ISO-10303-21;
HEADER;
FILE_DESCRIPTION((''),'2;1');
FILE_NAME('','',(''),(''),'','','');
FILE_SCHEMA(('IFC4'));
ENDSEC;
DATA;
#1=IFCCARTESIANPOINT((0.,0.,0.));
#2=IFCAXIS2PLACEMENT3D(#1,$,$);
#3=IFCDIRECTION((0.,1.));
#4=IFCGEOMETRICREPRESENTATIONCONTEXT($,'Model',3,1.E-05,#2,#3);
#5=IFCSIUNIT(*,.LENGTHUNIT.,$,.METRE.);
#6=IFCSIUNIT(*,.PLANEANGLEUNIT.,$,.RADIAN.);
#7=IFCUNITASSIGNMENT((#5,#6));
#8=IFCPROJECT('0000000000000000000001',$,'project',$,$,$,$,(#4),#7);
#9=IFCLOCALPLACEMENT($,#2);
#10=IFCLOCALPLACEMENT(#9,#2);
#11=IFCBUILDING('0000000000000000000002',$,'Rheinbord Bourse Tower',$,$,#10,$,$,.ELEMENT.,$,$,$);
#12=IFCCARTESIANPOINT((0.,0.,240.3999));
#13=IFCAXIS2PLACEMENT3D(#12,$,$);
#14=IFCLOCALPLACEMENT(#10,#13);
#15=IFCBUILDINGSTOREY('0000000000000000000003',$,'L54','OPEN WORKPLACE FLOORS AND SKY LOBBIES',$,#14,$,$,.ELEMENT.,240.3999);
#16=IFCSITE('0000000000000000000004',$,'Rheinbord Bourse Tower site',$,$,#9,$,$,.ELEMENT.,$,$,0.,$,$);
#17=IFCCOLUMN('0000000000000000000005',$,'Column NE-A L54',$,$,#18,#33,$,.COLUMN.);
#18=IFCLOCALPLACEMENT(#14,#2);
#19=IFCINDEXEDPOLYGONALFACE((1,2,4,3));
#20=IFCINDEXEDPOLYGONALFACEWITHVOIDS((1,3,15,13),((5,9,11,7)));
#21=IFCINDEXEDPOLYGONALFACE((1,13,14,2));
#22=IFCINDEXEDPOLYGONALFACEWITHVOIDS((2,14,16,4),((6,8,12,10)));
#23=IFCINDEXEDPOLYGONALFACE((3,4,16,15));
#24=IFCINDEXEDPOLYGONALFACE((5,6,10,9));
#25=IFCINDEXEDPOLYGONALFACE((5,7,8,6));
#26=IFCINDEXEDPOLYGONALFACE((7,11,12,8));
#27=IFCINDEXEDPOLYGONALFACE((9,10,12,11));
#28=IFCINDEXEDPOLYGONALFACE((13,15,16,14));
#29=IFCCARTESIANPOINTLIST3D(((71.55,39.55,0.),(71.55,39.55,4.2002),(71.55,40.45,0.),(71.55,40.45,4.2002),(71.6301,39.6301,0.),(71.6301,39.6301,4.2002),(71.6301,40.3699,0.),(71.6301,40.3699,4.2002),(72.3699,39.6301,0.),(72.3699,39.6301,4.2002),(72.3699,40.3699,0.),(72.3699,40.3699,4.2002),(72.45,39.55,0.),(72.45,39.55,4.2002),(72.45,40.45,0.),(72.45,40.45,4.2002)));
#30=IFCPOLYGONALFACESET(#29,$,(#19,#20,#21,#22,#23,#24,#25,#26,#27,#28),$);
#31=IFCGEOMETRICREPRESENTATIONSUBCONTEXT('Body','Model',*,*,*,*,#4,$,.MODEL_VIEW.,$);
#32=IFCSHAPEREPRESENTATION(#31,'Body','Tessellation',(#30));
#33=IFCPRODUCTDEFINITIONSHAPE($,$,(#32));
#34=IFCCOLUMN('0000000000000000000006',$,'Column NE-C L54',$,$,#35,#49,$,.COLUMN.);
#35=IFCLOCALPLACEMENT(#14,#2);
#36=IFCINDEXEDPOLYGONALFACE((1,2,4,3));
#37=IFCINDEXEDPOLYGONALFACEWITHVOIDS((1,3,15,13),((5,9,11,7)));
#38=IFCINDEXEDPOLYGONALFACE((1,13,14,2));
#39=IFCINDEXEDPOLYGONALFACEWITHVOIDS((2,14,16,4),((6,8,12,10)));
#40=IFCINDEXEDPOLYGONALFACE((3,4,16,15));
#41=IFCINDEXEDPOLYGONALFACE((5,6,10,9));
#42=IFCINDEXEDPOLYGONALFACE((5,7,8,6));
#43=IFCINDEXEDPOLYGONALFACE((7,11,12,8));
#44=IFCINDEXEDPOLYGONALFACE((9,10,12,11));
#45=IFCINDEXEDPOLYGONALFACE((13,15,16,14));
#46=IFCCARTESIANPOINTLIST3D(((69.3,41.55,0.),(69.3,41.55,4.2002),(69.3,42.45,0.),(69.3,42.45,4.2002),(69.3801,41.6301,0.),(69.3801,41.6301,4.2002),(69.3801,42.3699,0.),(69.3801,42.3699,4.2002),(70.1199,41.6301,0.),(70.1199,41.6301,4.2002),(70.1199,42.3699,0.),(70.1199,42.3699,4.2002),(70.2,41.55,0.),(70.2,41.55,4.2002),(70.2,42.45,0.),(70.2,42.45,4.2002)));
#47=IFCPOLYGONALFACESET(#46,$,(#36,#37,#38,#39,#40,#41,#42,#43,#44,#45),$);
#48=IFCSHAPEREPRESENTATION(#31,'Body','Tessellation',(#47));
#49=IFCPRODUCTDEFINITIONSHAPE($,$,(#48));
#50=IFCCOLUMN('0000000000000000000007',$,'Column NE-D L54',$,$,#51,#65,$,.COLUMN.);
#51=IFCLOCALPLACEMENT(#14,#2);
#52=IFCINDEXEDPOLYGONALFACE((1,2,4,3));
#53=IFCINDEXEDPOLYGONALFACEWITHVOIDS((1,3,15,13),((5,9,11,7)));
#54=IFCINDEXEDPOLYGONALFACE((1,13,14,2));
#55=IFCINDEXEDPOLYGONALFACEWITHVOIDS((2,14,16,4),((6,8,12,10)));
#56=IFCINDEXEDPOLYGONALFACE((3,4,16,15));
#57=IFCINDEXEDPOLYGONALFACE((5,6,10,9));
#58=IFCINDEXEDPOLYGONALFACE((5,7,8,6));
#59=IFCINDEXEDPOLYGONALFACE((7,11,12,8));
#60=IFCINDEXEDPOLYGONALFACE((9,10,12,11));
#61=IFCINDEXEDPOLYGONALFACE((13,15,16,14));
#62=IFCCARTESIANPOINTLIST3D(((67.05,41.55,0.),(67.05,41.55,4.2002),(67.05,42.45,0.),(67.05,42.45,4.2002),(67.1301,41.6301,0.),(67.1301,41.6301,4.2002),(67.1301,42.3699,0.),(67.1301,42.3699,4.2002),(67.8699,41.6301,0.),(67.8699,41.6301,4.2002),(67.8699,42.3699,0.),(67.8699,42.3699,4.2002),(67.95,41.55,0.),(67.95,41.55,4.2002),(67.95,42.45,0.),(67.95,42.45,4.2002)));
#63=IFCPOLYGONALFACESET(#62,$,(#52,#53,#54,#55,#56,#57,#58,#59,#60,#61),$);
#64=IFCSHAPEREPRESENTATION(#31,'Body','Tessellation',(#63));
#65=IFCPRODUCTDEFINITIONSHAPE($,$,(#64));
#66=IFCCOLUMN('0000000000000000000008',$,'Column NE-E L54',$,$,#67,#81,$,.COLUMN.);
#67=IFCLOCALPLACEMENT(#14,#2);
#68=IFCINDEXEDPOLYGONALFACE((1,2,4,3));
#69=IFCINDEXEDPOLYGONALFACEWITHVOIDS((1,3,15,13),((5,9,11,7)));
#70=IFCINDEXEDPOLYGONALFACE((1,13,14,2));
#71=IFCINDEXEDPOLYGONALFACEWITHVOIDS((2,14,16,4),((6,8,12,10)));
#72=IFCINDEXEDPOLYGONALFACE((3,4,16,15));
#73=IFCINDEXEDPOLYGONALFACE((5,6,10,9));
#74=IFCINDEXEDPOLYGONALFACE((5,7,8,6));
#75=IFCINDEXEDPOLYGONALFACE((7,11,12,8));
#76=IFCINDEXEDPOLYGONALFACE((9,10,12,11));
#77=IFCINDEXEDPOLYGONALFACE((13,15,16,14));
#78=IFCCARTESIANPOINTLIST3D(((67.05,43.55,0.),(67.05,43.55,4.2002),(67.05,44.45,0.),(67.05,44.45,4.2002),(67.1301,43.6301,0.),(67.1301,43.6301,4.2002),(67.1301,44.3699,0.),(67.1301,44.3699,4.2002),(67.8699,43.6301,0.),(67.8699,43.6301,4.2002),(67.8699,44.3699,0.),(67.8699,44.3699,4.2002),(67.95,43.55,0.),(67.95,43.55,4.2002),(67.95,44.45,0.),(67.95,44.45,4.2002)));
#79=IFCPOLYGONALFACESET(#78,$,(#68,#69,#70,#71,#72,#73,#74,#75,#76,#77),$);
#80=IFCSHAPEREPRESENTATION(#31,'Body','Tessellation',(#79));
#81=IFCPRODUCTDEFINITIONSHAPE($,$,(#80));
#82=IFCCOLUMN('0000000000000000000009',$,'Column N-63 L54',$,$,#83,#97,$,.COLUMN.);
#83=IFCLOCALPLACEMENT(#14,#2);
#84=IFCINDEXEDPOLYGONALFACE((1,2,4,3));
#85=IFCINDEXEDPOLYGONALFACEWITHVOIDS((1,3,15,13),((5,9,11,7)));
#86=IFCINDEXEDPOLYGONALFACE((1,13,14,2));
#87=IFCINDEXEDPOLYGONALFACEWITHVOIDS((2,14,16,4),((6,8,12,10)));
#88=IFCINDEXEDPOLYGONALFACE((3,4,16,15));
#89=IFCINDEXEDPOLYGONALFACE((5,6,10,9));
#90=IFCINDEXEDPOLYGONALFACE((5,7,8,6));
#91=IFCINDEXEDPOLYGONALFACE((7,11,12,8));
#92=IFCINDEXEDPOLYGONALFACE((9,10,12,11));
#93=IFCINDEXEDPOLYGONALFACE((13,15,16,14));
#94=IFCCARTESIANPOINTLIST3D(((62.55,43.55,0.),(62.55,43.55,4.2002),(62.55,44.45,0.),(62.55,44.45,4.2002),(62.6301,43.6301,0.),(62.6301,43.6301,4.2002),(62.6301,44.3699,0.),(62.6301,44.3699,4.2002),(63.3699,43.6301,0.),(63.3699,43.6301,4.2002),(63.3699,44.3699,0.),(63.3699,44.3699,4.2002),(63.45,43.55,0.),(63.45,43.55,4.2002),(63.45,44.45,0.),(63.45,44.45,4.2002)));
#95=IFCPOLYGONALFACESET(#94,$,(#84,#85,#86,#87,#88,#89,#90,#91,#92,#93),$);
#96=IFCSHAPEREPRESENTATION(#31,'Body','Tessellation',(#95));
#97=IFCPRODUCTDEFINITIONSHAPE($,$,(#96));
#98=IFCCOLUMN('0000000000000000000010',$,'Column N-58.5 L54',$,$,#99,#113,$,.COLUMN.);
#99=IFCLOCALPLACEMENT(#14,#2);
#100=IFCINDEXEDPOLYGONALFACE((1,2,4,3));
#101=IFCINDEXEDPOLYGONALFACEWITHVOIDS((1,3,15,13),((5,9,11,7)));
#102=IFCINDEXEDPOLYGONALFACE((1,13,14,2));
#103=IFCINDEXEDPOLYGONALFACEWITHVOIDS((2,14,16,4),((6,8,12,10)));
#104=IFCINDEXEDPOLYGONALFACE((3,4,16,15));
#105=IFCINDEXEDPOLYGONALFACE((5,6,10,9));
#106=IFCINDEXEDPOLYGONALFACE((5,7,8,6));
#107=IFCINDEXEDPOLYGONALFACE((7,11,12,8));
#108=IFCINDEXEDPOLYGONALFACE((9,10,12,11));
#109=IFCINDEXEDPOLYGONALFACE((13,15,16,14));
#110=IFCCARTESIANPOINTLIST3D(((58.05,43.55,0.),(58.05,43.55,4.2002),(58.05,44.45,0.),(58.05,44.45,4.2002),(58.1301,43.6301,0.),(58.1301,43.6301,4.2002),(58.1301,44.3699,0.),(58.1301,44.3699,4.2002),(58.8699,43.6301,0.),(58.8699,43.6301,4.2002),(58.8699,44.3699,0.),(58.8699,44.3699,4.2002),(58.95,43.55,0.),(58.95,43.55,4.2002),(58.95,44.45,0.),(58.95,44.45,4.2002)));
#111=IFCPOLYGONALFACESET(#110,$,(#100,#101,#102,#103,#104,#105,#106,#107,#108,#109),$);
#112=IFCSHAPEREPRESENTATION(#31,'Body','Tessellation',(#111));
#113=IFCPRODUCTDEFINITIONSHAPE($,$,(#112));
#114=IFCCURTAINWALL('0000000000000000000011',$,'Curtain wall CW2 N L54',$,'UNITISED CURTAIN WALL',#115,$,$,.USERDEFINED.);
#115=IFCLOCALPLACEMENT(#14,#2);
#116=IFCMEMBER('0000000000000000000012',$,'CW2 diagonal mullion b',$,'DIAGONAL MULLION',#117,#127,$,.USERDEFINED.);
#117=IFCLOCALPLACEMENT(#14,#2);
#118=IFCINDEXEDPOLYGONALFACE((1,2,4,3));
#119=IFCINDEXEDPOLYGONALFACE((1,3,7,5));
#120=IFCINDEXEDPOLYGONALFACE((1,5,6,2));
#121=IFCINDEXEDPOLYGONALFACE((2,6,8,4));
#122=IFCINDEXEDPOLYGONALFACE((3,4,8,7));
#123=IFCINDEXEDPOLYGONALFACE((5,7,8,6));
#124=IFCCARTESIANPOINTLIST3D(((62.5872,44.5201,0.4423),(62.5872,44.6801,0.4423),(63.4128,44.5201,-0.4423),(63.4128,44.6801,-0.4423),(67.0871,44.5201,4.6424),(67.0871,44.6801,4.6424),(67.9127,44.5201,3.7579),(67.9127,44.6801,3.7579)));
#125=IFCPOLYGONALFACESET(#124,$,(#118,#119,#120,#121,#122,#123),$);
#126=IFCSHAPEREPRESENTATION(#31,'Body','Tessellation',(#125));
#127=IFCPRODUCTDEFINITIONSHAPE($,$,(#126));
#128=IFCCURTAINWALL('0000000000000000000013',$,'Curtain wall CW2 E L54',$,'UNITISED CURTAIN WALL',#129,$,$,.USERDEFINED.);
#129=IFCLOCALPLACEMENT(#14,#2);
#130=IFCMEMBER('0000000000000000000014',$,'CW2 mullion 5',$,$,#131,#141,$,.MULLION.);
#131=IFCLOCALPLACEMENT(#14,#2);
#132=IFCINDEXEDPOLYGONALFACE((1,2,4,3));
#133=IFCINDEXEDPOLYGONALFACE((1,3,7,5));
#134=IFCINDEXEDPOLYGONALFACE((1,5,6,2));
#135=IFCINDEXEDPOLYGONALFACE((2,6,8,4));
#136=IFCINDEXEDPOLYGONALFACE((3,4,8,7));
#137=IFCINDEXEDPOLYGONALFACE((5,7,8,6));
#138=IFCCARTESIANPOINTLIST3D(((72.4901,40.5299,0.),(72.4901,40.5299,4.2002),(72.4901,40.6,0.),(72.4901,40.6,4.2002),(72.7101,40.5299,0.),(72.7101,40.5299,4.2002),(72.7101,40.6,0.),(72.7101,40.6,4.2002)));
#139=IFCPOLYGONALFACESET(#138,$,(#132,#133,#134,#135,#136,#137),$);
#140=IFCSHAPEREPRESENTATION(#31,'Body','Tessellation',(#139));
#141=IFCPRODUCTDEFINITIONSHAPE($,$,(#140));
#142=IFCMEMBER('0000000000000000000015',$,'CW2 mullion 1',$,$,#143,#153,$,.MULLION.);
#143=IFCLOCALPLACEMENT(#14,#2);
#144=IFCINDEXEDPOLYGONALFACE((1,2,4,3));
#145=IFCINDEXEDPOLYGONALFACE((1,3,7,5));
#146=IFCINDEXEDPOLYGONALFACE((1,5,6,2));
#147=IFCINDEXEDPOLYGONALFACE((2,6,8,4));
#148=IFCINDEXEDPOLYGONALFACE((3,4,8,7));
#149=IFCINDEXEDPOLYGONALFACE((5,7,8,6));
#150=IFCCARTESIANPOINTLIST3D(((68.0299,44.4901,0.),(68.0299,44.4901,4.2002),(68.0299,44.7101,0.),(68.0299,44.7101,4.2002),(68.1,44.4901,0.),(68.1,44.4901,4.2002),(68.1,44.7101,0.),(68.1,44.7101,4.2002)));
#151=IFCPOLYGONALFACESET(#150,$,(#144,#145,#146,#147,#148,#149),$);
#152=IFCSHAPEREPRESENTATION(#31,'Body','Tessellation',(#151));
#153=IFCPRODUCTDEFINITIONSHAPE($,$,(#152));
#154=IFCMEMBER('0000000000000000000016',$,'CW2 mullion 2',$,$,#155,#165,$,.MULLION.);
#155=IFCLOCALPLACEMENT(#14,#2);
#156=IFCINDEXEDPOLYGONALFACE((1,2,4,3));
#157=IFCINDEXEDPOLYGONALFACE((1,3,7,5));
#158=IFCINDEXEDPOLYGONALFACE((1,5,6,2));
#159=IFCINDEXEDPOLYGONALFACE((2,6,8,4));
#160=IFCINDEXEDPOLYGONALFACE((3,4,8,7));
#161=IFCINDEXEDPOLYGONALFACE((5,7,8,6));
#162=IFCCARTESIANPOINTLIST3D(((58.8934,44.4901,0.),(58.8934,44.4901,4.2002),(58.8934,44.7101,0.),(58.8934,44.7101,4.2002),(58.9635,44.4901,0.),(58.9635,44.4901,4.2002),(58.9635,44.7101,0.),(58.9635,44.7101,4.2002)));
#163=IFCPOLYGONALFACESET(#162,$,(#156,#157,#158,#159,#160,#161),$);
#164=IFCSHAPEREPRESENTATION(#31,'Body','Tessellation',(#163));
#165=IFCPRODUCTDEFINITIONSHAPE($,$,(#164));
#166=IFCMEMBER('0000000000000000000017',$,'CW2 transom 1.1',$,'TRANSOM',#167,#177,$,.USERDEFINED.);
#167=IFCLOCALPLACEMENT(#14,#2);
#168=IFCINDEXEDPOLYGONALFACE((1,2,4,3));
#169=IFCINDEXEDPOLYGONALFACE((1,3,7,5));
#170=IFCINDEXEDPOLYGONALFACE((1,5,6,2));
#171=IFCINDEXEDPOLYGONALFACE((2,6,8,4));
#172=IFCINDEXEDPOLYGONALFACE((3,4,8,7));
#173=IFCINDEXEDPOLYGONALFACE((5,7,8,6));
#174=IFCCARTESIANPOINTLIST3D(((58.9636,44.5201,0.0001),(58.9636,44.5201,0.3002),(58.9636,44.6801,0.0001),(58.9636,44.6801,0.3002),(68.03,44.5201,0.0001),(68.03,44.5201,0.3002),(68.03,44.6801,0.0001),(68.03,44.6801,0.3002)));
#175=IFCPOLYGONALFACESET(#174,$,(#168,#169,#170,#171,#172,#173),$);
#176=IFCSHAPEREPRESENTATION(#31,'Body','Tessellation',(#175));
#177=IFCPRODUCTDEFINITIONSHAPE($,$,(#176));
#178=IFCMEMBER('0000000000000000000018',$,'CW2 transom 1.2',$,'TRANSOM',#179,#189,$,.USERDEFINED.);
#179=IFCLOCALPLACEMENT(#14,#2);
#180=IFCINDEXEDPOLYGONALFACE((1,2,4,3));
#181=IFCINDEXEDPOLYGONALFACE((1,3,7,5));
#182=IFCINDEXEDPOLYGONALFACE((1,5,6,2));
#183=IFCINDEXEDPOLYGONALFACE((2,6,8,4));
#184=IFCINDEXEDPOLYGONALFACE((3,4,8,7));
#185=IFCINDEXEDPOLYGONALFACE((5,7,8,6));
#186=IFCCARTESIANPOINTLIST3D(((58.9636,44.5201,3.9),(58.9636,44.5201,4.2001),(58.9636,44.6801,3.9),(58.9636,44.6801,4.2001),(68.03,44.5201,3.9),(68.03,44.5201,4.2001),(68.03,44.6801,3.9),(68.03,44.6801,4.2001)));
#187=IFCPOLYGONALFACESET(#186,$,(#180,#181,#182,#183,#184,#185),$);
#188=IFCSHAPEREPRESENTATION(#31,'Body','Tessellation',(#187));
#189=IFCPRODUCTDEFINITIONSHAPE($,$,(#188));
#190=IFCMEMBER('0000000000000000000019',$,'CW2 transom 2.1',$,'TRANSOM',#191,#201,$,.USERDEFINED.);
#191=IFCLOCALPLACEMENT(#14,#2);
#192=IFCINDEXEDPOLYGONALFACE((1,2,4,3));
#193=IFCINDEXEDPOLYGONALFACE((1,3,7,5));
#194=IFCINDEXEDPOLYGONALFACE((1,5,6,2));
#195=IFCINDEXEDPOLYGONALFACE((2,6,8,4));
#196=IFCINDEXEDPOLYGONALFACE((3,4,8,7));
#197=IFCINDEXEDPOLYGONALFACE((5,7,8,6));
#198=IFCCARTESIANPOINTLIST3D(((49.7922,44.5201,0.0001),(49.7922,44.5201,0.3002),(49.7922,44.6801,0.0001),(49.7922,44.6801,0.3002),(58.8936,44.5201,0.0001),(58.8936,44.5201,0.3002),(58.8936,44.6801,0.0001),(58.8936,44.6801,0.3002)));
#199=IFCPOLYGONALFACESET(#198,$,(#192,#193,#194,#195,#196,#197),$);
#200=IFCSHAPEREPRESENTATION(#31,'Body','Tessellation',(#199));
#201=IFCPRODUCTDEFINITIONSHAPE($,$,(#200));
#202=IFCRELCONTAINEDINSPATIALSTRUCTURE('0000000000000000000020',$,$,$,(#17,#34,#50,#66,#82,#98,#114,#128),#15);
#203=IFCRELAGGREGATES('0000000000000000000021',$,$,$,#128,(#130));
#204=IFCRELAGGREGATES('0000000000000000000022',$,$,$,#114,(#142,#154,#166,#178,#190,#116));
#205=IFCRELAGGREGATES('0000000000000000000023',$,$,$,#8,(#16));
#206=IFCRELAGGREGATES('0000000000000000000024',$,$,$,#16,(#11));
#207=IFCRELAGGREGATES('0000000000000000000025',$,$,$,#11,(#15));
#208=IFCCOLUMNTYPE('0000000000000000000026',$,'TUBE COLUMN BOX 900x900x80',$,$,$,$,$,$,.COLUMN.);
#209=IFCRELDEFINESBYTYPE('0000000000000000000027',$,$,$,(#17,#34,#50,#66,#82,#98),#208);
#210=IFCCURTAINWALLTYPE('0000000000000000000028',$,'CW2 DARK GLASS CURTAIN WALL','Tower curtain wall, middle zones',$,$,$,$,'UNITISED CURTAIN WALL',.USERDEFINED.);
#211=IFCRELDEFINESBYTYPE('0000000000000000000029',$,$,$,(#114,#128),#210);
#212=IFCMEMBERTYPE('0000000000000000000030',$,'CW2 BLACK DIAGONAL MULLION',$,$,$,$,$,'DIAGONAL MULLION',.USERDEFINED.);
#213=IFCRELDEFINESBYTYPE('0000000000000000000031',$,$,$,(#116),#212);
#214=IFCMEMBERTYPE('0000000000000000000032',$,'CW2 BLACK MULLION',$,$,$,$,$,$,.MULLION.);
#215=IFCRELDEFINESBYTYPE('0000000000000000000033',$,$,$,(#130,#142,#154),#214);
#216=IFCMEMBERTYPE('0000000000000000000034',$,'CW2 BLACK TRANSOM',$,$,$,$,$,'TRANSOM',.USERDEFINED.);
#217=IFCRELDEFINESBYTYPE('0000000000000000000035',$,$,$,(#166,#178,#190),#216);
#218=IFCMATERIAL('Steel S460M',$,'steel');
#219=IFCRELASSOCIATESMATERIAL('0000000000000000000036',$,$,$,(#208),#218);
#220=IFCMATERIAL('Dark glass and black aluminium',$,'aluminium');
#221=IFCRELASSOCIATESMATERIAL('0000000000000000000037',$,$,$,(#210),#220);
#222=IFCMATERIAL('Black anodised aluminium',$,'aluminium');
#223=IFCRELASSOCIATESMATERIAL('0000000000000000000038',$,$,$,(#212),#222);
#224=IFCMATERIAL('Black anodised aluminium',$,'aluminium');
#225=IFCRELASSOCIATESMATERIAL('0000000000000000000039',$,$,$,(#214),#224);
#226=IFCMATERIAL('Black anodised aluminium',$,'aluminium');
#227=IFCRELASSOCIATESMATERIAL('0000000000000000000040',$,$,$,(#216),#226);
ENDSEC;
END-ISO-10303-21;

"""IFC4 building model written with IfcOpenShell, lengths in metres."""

from ifc_helpers import new_model, si_unit, direction, frame, origin, origin_2d, place, context, subcontext, project, spatial, rectangle, hollow_rectangle, extrude, material, material_profile, profile_set, type_object, element, aggregate, save


model = new_model("IFC4")

# Units and contexts
model_context = context("Model", 3, precision=1e-05, world=origin(), true_north=direction((0.0, 1.0)))
body_context = subcontext(model_context, "Body", "Model", "MODEL_VIEW")
ifc_project = project(units=[si_unit("LENGTHUNIT", "METRE"), si_unit("PLANEANGLEUNIT", "RADIAN")], contexts=[model_context])

# Site, building, storey
site_placement = place(None, origin())
site = spatial("IfcSite", under=ifc_project, at=site_placement, Name="Rheinbord Bourse Tower site", CompositionType="ELEMENT", RefElevation=0.0)
building_placement = place(site_placement, origin())
building = spatial("IfcBuilding", under=site, at=building_placement, Name="Rheinbord Bourse Tower", CompositionType="ELEMENT")
storey_placement = place(building_placement, frame((0.0, 0.0, 240.3999)))
storey = spatial("IfcBuildingStorey", under=building, at=storey_placement, Name="L54", Description="OPEN WORKPLACE FLOORS AND SKY LOBBIES", CompositionType="ELEMENT", Elevation=240.3999)

# Columns
ifc_material_1 = material(Name="Steel S460M", Category="steel")
ifc_material_profile_1 = material_profile(ifc_material_1, hollow_rectangle(XDim=0.8999, YDim=0.8999, WallThickness=0.0801, at=origin_2d()), Name="BOX 900x900x80")
ifc_profile_set_1 = profile_set([ifc_material_profile_1], Name="Steel S460M")
column_type = type_object("IfcColumnType", Name="TUBE COLUMN BOX 900x900x80", PredefinedType="COLUMN", material=ifc_profile_set_1)
for number, where, z_axis, x_axis, name in (
    (1, (72.0, 40.0, 0.0), (0.0, 0.0, 1.0), (1.0, 0.0, 0.0), "Column NE-A L54"),
    (2, (69.75, 42.0, 0.0), (0.0, 0.0, 1.0), (1.0, 0.0, 0.0), "Column NE-C L54"),
    (3, (67.5, 42.0, 0.0), (0.0, 0.0, 1.0), (0.0, 1.0, 0.0), "Column NE-D L54"),
    (4, (67.5, 44.0, 0.0), (0.0, 0.0, 1.0), (0.0, 1.0, 0.0), "Column NE-E L54"),
    (5, (63.0, 44.0, 0.0), (0.0, 0.0, 1.0), (0.0, 1.0, 0.0), "Column N-63 L54"),
    (6, (58.5, 44.0, 0.0), (0.0, 0.0, 1.0), (0.0, 1.0, 0.0), "Column N-58.5 L54"),
):
    element("IfcColumn", number, at=place(storey_placement, frame(where, z_axis=z_axis, x_axis=x_axis)), inside=storey, type_object=column_type, Name=name, PredefinedType="COLUMN", context=body_context, shape_type="SweptSolid", body=[
        extrude(hollow_rectangle(XDim=0.8999, YDim=0.8999, WallThickness=0.0801, at=origin_2d()), origin(), (0.0, 0.0, 1.0), 4.2002),
    ])

# Curtain walls, members
ifc_material_2 = material(Name="Dark glass and black aluminium", Category="aluminium")
curtain_wall_type = type_object("IfcCurtainWallType", Name="CW2 DARK GLASS CURTAIN WALL", Description="Tower curtain wall, middle zones", ElementType="UNITISED CURTAIN WALL", PredefinedType="USERDEFINED", material=ifc_material_2)
curtain_wall_1_placement = place(storey_placement, origin())
curtain_wall_1 = element("IfcCurtainWall", 7, at=curtain_wall_1_placement, inside=storey, type_object=curtain_wall_type, Name="Curtain wall CW2 N L54", ObjectType="UNITISED CURTAIN WALL", PredefinedType="USERDEFINED")
ifc_material_3 = material(Name="Black anodised aluminium", Category="aluminium")
ifc_material_profile_2 = material_profile(ifc_material_3, rectangle(XDim=0.1599, YDim=1.21, at=origin_2d()), Name="CW2 DIAGONAL MULLION 1210x160")
ifc_profile_set_2 = profile_set([ifc_material_profile_2], Name="Black anodised aluminium")
member_type_1 = type_object("IfcMemberType", Name="CW2 BLACK DIAGONAL MULLION", ElementType="DIAGONAL MULLION", PredefinedType="USERDEFINED", material=ifc_profile_set_2)
member_1_placement = place(storey_placement, frame((63.0, 44.6001, 0.0), z_axis=(0.731039, 0.0, 0.682335), x_axis=(0.0, 1.0, 0.0)))
member_1 = element("IfcMember", 8, at=member_1_placement, type_object=member_type_1, Name="CW2 diagonal mullion b", ObjectType="DIAGONAL MULLION", PredefinedType="USERDEFINED", context=body_context, shape_type="SweptSolid", body=[
    extrude(rectangle(XDim=0.1599, YDim=1.21, at=origin_2d()), origin(), (0.0, 0.0, 1.0), 6.1555),
])
curtain_wall_2_placement = place(storey_placement, origin())
curtain_wall_2 = element("IfcCurtainWall", 9, at=curtain_wall_2_placement, inside=storey, type_object=curtain_wall_type, Name="Curtain wall CW2 E L54", ObjectType="UNITISED CURTAIN WALL", PredefinedType="USERDEFINED")
ifc_material_4 = material(Name="Black anodised aluminium", Category="aluminium")
ifc_material_profile_3 = material_profile(ifc_material_4, rectangle(XDim=0.22, YDim=0.0701, at=origin_2d()), Name="CW2 MULLION 70x220")
ifc_profile_set_3 = profile_set([ifc_material_profile_3], Name="Black anodised aluminium")
member_type_2 = type_object("IfcMemberType", Name="CW2 BLACK MULLION", PredefinedType="MULLION", material=ifc_profile_set_3)
member_2_placement = place(storey_placement, frame((72.6001, 40.5649, 0.0), z_axis=(0.0, 0.0, 1.0), x_axis=(-1.0, 0.0, 0.0)))
member_2 = element("IfcMember", 10, at=member_2_placement, type_object=member_type_2, Name="CW2 mullion 5", PredefinedType="MULLION", context=body_context, shape_type="SweptSolid", body=[
    extrude(rectangle(XDim=0.22, YDim=0.0701, at=origin_2d()), origin(), (0.0, 0.0, 1.0), 4.2002),
])

# Members
member_3_placement = place(storey_placement, frame((68.0649, 44.6001, 0.0), z_axis=(0.0, 0.0, 1.0), x_axis=(0.0, -1.0, 0.0)))
member_3 = element("IfcMember", 11, at=member_3_placement, type_object=member_type_2, Name="CW2 mullion 1", PredefinedType="MULLION", context=body_context, shape_type="SweptSolid", body=[
    extrude(rectangle(XDim=0.22, YDim=0.0701, at=origin_2d()), origin(), (0.0, 0.0, 1.0), 4.2002),
])
member_4_placement = place(storey_placement, frame((58.9285, 44.6001, 0.0), z_axis=(0.0, 0.0, 1.0), x_axis=(0.0, -1.0, 0.0)))
member_4 = element("IfcMember", 12, at=member_4_placement, type_object=member_type_2, Name="CW2 mullion 2", PredefinedType="MULLION", context=body_context, shape_type="SweptSolid", body=[
    extrude(rectangle(XDim=0.22, YDim=0.0701, at=origin_2d()), origin(), (0.0, 0.0, 1.0), 4.2002),
])
ifc_material_5 = material(Name="Black anodised aluminium", Category="aluminium")
ifc_material_profile_4 = material_profile(ifc_material_5, rectangle(XDim=0.1599, YDim=0.3, at=origin_2d()), Name="CW2 TRANSOM 300x160")
ifc_profile_set_4 = profile_set([ifc_material_profile_4], Name="Black anodised aluminium")
member_type_3 = type_object("IfcMemberType", Name="CW2 BLACK TRANSOM", ElementType="TRANSOM", PredefinedType="USERDEFINED", material=ifc_profile_set_4)
member_5_placement = place(storey_placement, frame((68.03, 44.6001, 0.1501), z_axis=(-1.0, 0.0, 0.0), x_axis=(0.0, -1.0, 0.0)))
member_5 = element("IfcMember", 13, at=member_5_placement, type_object=member_type_3, Name="CW2 transom 1.1", ObjectType="TRANSOM", PredefinedType="USERDEFINED", context=body_context, shape_type="SweptSolid", body=[
    extrude(rectangle(XDim=0.1599, YDim=0.3, at=origin_2d()), origin(), (0.0, 0.0, 1.0), 9.0664),
])
member_6_placement = place(storey_placement, frame((68.03, 44.6001, 4.05), z_axis=(-1.0, 0.0, 0.0), x_axis=(0.0, -1.0, 0.0)))
member_6 = element("IfcMember", 14, at=member_6_placement, type_object=member_type_3, Name="CW2 transom 1.2", ObjectType="TRANSOM", PredefinedType="USERDEFINED", context=body_context, shape_type="SweptSolid", body=[
    extrude(rectangle(XDim=0.1599, YDim=0.3, at=origin_2d()), origin(), (0.0, 0.0, 1.0), 9.0664),
])
member_7_placement = place(storey_placement, frame((58.8936, 44.6001, 0.1501), z_axis=(-1.0, 0.0, 0.0), x_axis=(0.0, -1.0, 0.0)))
member_7 = element("IfcMember", 15, at=member_7_placement, type_object=member_type_3, Name="CW2 transom 2.1", ObjectType="TRANSOM", PredefinedType="USERDEFINED", context=body_context, shape_type="SweptSolid", body=[
    extrude(rectangle(XDim=0.1599, YDim=0.3, at=origin_2d()), origin(), (0.0, 0.0, 1.0), 9.1013),
])

aggregate(curtain_wall_2, [member_2])
aggregate(curtain_wall_1, [member_3, member_4, member_5, member_6, member_7, member_1])

save(model, "model.ifc")
